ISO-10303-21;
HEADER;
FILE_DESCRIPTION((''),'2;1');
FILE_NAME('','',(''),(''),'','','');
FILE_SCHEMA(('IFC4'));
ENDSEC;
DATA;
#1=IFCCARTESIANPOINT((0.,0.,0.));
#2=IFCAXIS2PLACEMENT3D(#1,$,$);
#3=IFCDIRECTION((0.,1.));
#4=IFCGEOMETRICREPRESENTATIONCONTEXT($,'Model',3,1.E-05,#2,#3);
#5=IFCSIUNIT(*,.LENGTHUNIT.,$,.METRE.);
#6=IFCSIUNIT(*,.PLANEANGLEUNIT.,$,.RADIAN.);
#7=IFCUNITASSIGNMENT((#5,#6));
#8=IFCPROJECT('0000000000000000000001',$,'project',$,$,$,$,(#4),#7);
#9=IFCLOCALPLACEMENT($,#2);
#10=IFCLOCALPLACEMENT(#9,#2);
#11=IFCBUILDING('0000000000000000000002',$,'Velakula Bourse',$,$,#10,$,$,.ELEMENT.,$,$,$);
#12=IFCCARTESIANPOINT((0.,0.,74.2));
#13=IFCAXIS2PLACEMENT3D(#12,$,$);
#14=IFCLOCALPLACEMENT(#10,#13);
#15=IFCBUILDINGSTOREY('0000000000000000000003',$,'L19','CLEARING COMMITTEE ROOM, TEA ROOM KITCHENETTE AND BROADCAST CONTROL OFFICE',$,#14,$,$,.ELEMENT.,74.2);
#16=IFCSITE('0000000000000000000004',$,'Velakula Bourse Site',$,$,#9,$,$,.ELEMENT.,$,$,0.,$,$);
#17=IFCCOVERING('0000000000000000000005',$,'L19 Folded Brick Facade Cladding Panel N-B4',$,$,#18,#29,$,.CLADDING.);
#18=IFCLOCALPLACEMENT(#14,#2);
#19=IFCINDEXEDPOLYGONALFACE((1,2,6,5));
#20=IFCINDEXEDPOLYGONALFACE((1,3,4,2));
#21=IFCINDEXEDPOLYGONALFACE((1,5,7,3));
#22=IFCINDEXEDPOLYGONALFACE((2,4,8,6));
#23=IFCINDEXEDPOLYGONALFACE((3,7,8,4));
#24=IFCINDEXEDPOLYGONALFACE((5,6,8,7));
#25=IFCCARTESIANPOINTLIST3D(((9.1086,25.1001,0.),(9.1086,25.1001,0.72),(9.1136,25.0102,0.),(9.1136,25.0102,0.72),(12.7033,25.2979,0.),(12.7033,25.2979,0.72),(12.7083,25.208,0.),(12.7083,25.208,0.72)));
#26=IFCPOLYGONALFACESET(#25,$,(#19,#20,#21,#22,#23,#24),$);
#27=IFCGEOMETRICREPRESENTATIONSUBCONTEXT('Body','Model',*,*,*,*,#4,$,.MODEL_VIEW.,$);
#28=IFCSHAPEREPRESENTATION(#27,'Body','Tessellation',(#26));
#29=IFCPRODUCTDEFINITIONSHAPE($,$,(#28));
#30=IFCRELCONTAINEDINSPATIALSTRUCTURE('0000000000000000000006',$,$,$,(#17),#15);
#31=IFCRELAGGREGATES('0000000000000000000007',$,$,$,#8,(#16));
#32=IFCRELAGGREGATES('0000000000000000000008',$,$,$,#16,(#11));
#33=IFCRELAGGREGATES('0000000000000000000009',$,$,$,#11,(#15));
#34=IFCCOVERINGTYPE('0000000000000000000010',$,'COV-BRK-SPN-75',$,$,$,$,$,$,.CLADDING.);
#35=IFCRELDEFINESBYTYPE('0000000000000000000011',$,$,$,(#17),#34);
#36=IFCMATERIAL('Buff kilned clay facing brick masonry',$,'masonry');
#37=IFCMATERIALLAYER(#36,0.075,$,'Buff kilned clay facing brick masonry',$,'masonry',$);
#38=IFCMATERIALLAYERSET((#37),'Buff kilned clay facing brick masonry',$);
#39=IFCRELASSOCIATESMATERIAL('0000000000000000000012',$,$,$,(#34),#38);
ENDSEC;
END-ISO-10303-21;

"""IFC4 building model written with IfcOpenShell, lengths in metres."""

from ifc_helpers import new_model, si_unit, direction, frame, origin, origin_2d, place, context, subcontext, project, spatial, rectangle, extrude, material, layer, layer_set, type_object, element, save


model = new_model("IFC4")

# Units and contexts
model_context = context("Model", 3, precision=1e-05, world=origin(), true_north=direction((0.0, 1.0)))
body_context = subcontext(model_context, "Body", "Model", "MODEL_VIEW")
ifc_project = project(units=[si_unit("LENGTHUNIT", "METRE"), si_unit("PLANEANGLEUNIT", "RADIAN")], contexts=[model_context])

# Site, building, storey
site_placement = place(None, origin())
site = spatial("IfcSite", under=ifc_project, at=site_placement, Name="Velakula Bourse Site", CompositionType="ELEMENT", RefElevation=0.0)
building_placement = place(site_placement, origin())
building = spatial("IfcBuilding", under=site, at=building_placement, Name="Velakula Bourse", CompositionType="ELEMENT")
storey_placement = place(building_placement, frame((0.0, 0.0, 74.2)))
storey = spatial("IfcBuildingStorey", under=building, at=storey_placement, Name="L19", Description="CLEARING COMMITTEE ROOM, TEA ROOM KITCHENETTE AND BROADCAST CONTROL OFFICE", CompositionType="ELEMENT", Elevation=74.2)

# Covering
ifc_material_1 = material(Name="Buff kilned clay facing brick masonry", Category="masonry")
ifc_layer_1 = layer(ifc_material_1, 0.075, Name="Buff kilned clay facing brick masonry", Category="masonry")
ifc_layer_set_1 = layer_set([ifc_layer_1], Name="Buff kilned clay facing brick masonry")
covering_type = type_object("IfcCoveringType", Name="COV-BRK-SPN-75", PredefinedType="CLADDING", material=ifc_layer_set_1)
covering_placement = place(storey_placement, frame((10.9084, 25.1541, 0.0), z_axis=(0.0, 0.0, 1.0), x_axis=(0.998489, 0.05495, 0.0)))
element("IfcCovering", 1, at=covering_placement, inside=storey, type_object=covering_type, Name="L19 Folded Brick Facade Cladding Panel N-B4", PredefinedType="CLADDING", context=body_context, shape_type="SweptSolid", body=[
    extrude(rectangle(XDim=3.6001, YDim=0.0901, at=origin_2d()), origin(), (0.0, 0.0, 1.0), 0.72),
])

save(model, "model.ifc")
